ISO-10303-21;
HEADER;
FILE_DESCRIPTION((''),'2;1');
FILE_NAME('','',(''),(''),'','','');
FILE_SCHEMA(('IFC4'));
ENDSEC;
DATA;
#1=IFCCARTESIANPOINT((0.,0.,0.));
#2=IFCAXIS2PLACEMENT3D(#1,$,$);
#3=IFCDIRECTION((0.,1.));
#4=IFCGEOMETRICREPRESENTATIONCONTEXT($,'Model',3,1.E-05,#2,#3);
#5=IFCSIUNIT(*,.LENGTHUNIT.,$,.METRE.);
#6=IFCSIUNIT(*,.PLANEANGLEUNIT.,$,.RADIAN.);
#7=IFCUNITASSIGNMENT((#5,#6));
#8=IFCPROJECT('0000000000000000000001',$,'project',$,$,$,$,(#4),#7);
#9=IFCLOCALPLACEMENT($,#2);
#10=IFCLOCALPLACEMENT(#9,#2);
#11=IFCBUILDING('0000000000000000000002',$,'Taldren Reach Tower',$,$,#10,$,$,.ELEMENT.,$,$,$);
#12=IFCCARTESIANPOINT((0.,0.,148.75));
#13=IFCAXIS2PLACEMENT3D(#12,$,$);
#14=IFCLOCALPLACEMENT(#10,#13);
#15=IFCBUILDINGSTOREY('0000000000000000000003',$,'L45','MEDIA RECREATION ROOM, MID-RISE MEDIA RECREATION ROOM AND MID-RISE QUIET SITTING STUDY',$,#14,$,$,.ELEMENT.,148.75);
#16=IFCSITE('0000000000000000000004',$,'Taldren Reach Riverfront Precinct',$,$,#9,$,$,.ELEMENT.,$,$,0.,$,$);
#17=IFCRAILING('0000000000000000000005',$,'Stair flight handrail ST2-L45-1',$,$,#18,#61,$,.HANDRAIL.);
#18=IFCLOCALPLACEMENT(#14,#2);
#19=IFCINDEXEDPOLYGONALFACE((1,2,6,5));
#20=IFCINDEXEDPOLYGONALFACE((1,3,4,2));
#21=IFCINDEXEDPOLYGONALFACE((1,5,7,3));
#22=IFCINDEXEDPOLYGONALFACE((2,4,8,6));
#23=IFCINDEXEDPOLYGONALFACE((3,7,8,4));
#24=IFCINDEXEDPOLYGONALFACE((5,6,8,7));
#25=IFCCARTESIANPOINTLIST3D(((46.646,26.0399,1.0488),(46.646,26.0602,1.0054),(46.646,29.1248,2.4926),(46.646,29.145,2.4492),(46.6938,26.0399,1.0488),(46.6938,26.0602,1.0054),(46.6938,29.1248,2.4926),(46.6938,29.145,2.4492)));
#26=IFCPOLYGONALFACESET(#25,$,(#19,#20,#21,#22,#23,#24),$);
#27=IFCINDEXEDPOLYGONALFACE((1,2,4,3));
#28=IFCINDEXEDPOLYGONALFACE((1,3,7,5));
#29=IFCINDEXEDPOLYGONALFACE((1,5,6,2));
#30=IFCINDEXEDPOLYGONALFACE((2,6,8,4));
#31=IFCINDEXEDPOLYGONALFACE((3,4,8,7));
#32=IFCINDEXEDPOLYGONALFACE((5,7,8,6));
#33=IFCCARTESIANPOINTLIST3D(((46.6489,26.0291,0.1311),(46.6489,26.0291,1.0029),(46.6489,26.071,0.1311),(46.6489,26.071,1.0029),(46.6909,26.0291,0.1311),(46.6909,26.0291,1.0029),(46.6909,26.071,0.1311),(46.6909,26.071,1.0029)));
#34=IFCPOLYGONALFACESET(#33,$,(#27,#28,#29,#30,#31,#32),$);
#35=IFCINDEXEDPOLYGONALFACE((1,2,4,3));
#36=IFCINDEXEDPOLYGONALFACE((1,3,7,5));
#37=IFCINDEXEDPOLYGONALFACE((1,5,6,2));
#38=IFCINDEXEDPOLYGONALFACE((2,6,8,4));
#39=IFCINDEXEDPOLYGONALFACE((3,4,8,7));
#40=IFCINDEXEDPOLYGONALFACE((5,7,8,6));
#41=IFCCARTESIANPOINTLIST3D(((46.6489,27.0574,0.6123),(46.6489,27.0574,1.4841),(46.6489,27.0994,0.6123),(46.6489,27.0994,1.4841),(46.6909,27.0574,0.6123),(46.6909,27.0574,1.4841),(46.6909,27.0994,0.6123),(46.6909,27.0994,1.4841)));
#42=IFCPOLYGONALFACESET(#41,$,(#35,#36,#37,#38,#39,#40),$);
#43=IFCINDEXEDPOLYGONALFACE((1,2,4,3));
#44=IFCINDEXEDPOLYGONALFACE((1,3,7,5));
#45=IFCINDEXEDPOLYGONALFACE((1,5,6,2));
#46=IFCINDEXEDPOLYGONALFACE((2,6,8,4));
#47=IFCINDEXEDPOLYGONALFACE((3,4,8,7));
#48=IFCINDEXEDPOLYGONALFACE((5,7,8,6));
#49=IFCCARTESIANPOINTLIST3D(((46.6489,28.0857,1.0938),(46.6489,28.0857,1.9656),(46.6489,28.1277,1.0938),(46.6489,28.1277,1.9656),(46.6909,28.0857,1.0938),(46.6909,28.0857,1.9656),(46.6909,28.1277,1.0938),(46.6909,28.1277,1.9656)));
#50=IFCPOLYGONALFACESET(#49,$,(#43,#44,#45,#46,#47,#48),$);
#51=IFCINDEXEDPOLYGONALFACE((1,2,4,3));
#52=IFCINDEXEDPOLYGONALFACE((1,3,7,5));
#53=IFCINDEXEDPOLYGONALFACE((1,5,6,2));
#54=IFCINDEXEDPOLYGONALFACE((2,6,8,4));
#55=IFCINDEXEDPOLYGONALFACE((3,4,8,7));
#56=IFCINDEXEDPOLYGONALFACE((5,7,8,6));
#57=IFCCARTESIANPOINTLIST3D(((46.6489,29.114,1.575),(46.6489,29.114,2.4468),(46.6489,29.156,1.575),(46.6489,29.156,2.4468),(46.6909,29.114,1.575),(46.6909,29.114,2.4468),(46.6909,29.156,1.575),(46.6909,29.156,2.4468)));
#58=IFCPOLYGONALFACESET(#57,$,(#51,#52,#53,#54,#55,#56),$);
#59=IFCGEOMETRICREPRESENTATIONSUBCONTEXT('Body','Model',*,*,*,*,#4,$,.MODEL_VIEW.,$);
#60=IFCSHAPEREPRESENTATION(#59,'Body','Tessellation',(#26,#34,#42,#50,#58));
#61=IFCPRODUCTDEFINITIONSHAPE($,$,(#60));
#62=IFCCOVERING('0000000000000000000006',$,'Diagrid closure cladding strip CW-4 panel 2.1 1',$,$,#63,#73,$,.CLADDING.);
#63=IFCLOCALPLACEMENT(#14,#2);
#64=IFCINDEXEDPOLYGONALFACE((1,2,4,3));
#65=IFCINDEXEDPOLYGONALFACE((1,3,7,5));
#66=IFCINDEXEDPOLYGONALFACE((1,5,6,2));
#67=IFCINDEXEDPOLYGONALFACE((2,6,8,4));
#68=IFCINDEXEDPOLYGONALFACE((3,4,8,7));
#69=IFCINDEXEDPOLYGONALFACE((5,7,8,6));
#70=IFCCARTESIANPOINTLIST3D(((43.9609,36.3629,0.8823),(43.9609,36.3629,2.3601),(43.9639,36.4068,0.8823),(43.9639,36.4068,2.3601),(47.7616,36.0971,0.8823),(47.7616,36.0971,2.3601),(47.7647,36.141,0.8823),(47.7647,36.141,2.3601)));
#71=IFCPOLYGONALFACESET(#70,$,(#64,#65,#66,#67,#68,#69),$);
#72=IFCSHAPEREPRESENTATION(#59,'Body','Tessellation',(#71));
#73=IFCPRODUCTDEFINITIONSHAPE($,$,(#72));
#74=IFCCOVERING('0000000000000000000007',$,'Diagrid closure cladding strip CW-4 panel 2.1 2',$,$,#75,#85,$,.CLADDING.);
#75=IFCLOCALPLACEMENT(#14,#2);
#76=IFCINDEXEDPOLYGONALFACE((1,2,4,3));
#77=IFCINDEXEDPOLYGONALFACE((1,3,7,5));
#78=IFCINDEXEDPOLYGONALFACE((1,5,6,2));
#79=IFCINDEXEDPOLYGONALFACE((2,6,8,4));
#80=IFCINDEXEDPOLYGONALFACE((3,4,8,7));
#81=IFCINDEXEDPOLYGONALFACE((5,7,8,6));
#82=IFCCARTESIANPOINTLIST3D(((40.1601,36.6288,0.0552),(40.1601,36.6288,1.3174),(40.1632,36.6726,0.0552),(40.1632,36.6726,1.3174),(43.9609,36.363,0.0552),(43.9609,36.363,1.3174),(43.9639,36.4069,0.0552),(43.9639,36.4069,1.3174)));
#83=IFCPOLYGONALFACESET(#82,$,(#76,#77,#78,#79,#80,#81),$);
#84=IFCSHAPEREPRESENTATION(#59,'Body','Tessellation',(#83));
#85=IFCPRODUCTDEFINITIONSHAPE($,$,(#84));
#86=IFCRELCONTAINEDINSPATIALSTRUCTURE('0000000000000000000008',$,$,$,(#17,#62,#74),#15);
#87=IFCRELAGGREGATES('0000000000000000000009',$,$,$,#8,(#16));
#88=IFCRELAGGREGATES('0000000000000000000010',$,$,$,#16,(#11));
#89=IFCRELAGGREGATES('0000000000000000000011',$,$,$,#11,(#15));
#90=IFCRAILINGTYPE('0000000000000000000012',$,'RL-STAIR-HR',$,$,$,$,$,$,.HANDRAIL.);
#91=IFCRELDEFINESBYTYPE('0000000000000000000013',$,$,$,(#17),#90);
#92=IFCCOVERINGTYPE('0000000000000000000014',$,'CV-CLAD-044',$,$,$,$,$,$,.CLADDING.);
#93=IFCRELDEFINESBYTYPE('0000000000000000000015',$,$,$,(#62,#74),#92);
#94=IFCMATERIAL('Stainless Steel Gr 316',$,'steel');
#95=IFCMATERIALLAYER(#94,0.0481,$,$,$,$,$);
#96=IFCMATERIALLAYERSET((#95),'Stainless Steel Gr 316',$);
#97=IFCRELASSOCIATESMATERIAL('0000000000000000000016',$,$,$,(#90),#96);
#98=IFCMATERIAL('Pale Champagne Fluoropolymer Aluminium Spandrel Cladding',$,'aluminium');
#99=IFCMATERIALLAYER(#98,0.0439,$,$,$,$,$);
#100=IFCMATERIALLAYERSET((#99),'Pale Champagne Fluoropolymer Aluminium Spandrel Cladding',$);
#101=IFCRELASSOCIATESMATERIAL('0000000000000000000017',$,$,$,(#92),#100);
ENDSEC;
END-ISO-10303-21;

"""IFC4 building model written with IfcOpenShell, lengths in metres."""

from ifc_helpers import new_model, si_unit, direction, frame, origin, origin_2d, place, context, subcontext, project, spatial, rectangle, extrude, source, transform, mapped, material, layer, layer_set, type_object, element, save


model = new_model("IFC4")

# Units and contexts
model_context = context("Model", 3, precision=1e-05, world=origin(), true_north=direction((0.0, 1.0)))
body_context = subcontext(model_context, "Body", "Model", "MODEL_VIEW")
ifc_project = project(units=[si_unit("LENGTHUNIT", "METRE"), si_unit("PLANEANGLEUNIT", "RADIAN")], contexts=[model_context])

# Site, building, storey
site_placement = place(None, origin())
site = spatial("IfcSite", under=ifc_project, at=site_placement, Name="Taldren Reach Riverfront Precinct", CompositionType="ELEMENT", RefElevation=0.0)
building_placement = place(site_placement, origin())
building = spatial("IfcBuilding", under=site, at=building_placement, Name="Taldren Reach Tower", CompositionType="ELEMENT")
storey_placement = place(building_placement, frame((0.0, 0.0, 148.75)))
storey = spatial("IfcBuildingStorey", under=building, at=storey_placement, Name="L45", Description="MEDIA RECREATION ROOM, MID-RISE MEDIA RECREATION ROOM AND MID-RISE QUIET SITTING STUDY", CompositionType="ELEMENT", Elevation=148.75)

# Railing
ifc_material_1 = material(Name="Stainless Steel Gr 316", Category="steel")
ifc_layer_1 = layer(ifc_material_1, 0.0481)
ifc_layer_set_1 = layer_set([ifc_layer_1], Name="Stainless Steel Gr 316")
railing_type_1 = type_object("IfcRailingType", Name="RL-STAIR-HR", PredefinedType="HANDRAIL", material=ifc_layer_set_1)
railing_1_placement = place(storey_placement, frame((46.6699, 26.05, 0.1311)))
element("IfcRailing", 1, at=railing_1_placement, inside=storey, type_object=railing_type_1, Name="Stair flight handrail ST2-L45-1", PredefinedType="HANDRAIL", context=body_context, shape_type="SweptSolid", body=[
    extrude(rectangle(XDim=0.0479, YDim=0.0479, at=origin_2d()), frame((0.0, 0.0, 0.896), z_axis=(0.0, 0.90571, 0.423898), x_axis=(-1.0, 0.0, 0.0)), (0.0, 0.0, 1.0), 3.406),
    extrude(rectangle(XDim=0.042, YDim=0.042, at=origin_2d()), origin(), (0.0, 0.0, 1.0), 0.8718),
    extrude(rectangle(XDim=0.042, YDim=0.042, at=origin_2d()), frame((0.0, 1.0283, 0.4812)), (0.0, 0.0, 1.0), 0.8718),
    extrude(rectangle(XDim=0.042, YDim=0.042, at=origin_2d()), frame((0.0, 2.0566, 0.9626)), (0.0, 0.0, 1.0), 0.8718),
    extrude(rectangle(XDim=0.042, YDim=0.042, at=origin_2d()), frame((0.0, 3.085, 1.4438)), (0.0, 0.0, 1.0), 0.8718),
])

# Coverings
ifc_material_2 = material(Name="Pale Champagne Fluoropolymer Aluminium Spandrel Cladding", Category="aluminium")
ifc_layer_2 = layer(ifc_material_2, 0.0439)
ifc_layer_set_2 = layer_set([ifc_layer_2], Name="Pale Champagne Fluoropolymer Aluminium Spandrel Cladding")
covering_type = type_object("IfcCoveringType", Name="CV-CLAD-044", PredefinedType="CLADDING", material=ifc_layer_set_2)
shared_shape_1 = source(origin(), body_context, "Body", "SweptSolid", [
    extrude(rectangle(XDim=3.8101, YDim=0.0439, at=origin_2d()), origin(), (0.0, 0.0, 1.0), 1.4778),
])
covering_1_placement = place(storey_placement, frame((45.8628, 36.252, 0.8823), z_axis=(0.0, 0.0, 1.0), x_axis=(-0.997564, 0.069757, 0.0)))
element("IfcCovering", 2, at=covering_1_placement, inside=storey, type_object=covering_type, Name="Diagrid closure cladding strip CW-4 panel 2.1 1", PredefinedType="CLADDING", context=body_context, shape_type="MappedRepresentation", body=[
    mapped(shared_shape_1, transform((0.0, 0.0, 0.0), scale=1.0)),
])
shared_shape_2 = source(origin(), body_context, "Body", "SweptSolid", [
    extrude(rectangle(XDim=3.8101, YDim=0.0439, at=origin_2d()), origin(), (0.0, 0.0, 1.0), 1.2622),
])
covering_2_placement = place(storey_placement, frame((42.062, 36.5178, 0.0552), z_axis=(0.0, 0.0, 1.0), x_axis=(-0.997564, 0.069757, 0.0)))
element("IfcCovering", 3, at=covering_2_placement, inside=storey, type_object=covering_type, Name="Diagrid closure cladding strip CW-4 panel 2.1 2", PredefinedType="CLADDING", context=body_context, shape_type="MappedRepresentation", body=[
    mapped(shared_shape_2, transform((0.0, 0.0, 0.0), scale=1.0)),
])

save(model, "model.ifc")
